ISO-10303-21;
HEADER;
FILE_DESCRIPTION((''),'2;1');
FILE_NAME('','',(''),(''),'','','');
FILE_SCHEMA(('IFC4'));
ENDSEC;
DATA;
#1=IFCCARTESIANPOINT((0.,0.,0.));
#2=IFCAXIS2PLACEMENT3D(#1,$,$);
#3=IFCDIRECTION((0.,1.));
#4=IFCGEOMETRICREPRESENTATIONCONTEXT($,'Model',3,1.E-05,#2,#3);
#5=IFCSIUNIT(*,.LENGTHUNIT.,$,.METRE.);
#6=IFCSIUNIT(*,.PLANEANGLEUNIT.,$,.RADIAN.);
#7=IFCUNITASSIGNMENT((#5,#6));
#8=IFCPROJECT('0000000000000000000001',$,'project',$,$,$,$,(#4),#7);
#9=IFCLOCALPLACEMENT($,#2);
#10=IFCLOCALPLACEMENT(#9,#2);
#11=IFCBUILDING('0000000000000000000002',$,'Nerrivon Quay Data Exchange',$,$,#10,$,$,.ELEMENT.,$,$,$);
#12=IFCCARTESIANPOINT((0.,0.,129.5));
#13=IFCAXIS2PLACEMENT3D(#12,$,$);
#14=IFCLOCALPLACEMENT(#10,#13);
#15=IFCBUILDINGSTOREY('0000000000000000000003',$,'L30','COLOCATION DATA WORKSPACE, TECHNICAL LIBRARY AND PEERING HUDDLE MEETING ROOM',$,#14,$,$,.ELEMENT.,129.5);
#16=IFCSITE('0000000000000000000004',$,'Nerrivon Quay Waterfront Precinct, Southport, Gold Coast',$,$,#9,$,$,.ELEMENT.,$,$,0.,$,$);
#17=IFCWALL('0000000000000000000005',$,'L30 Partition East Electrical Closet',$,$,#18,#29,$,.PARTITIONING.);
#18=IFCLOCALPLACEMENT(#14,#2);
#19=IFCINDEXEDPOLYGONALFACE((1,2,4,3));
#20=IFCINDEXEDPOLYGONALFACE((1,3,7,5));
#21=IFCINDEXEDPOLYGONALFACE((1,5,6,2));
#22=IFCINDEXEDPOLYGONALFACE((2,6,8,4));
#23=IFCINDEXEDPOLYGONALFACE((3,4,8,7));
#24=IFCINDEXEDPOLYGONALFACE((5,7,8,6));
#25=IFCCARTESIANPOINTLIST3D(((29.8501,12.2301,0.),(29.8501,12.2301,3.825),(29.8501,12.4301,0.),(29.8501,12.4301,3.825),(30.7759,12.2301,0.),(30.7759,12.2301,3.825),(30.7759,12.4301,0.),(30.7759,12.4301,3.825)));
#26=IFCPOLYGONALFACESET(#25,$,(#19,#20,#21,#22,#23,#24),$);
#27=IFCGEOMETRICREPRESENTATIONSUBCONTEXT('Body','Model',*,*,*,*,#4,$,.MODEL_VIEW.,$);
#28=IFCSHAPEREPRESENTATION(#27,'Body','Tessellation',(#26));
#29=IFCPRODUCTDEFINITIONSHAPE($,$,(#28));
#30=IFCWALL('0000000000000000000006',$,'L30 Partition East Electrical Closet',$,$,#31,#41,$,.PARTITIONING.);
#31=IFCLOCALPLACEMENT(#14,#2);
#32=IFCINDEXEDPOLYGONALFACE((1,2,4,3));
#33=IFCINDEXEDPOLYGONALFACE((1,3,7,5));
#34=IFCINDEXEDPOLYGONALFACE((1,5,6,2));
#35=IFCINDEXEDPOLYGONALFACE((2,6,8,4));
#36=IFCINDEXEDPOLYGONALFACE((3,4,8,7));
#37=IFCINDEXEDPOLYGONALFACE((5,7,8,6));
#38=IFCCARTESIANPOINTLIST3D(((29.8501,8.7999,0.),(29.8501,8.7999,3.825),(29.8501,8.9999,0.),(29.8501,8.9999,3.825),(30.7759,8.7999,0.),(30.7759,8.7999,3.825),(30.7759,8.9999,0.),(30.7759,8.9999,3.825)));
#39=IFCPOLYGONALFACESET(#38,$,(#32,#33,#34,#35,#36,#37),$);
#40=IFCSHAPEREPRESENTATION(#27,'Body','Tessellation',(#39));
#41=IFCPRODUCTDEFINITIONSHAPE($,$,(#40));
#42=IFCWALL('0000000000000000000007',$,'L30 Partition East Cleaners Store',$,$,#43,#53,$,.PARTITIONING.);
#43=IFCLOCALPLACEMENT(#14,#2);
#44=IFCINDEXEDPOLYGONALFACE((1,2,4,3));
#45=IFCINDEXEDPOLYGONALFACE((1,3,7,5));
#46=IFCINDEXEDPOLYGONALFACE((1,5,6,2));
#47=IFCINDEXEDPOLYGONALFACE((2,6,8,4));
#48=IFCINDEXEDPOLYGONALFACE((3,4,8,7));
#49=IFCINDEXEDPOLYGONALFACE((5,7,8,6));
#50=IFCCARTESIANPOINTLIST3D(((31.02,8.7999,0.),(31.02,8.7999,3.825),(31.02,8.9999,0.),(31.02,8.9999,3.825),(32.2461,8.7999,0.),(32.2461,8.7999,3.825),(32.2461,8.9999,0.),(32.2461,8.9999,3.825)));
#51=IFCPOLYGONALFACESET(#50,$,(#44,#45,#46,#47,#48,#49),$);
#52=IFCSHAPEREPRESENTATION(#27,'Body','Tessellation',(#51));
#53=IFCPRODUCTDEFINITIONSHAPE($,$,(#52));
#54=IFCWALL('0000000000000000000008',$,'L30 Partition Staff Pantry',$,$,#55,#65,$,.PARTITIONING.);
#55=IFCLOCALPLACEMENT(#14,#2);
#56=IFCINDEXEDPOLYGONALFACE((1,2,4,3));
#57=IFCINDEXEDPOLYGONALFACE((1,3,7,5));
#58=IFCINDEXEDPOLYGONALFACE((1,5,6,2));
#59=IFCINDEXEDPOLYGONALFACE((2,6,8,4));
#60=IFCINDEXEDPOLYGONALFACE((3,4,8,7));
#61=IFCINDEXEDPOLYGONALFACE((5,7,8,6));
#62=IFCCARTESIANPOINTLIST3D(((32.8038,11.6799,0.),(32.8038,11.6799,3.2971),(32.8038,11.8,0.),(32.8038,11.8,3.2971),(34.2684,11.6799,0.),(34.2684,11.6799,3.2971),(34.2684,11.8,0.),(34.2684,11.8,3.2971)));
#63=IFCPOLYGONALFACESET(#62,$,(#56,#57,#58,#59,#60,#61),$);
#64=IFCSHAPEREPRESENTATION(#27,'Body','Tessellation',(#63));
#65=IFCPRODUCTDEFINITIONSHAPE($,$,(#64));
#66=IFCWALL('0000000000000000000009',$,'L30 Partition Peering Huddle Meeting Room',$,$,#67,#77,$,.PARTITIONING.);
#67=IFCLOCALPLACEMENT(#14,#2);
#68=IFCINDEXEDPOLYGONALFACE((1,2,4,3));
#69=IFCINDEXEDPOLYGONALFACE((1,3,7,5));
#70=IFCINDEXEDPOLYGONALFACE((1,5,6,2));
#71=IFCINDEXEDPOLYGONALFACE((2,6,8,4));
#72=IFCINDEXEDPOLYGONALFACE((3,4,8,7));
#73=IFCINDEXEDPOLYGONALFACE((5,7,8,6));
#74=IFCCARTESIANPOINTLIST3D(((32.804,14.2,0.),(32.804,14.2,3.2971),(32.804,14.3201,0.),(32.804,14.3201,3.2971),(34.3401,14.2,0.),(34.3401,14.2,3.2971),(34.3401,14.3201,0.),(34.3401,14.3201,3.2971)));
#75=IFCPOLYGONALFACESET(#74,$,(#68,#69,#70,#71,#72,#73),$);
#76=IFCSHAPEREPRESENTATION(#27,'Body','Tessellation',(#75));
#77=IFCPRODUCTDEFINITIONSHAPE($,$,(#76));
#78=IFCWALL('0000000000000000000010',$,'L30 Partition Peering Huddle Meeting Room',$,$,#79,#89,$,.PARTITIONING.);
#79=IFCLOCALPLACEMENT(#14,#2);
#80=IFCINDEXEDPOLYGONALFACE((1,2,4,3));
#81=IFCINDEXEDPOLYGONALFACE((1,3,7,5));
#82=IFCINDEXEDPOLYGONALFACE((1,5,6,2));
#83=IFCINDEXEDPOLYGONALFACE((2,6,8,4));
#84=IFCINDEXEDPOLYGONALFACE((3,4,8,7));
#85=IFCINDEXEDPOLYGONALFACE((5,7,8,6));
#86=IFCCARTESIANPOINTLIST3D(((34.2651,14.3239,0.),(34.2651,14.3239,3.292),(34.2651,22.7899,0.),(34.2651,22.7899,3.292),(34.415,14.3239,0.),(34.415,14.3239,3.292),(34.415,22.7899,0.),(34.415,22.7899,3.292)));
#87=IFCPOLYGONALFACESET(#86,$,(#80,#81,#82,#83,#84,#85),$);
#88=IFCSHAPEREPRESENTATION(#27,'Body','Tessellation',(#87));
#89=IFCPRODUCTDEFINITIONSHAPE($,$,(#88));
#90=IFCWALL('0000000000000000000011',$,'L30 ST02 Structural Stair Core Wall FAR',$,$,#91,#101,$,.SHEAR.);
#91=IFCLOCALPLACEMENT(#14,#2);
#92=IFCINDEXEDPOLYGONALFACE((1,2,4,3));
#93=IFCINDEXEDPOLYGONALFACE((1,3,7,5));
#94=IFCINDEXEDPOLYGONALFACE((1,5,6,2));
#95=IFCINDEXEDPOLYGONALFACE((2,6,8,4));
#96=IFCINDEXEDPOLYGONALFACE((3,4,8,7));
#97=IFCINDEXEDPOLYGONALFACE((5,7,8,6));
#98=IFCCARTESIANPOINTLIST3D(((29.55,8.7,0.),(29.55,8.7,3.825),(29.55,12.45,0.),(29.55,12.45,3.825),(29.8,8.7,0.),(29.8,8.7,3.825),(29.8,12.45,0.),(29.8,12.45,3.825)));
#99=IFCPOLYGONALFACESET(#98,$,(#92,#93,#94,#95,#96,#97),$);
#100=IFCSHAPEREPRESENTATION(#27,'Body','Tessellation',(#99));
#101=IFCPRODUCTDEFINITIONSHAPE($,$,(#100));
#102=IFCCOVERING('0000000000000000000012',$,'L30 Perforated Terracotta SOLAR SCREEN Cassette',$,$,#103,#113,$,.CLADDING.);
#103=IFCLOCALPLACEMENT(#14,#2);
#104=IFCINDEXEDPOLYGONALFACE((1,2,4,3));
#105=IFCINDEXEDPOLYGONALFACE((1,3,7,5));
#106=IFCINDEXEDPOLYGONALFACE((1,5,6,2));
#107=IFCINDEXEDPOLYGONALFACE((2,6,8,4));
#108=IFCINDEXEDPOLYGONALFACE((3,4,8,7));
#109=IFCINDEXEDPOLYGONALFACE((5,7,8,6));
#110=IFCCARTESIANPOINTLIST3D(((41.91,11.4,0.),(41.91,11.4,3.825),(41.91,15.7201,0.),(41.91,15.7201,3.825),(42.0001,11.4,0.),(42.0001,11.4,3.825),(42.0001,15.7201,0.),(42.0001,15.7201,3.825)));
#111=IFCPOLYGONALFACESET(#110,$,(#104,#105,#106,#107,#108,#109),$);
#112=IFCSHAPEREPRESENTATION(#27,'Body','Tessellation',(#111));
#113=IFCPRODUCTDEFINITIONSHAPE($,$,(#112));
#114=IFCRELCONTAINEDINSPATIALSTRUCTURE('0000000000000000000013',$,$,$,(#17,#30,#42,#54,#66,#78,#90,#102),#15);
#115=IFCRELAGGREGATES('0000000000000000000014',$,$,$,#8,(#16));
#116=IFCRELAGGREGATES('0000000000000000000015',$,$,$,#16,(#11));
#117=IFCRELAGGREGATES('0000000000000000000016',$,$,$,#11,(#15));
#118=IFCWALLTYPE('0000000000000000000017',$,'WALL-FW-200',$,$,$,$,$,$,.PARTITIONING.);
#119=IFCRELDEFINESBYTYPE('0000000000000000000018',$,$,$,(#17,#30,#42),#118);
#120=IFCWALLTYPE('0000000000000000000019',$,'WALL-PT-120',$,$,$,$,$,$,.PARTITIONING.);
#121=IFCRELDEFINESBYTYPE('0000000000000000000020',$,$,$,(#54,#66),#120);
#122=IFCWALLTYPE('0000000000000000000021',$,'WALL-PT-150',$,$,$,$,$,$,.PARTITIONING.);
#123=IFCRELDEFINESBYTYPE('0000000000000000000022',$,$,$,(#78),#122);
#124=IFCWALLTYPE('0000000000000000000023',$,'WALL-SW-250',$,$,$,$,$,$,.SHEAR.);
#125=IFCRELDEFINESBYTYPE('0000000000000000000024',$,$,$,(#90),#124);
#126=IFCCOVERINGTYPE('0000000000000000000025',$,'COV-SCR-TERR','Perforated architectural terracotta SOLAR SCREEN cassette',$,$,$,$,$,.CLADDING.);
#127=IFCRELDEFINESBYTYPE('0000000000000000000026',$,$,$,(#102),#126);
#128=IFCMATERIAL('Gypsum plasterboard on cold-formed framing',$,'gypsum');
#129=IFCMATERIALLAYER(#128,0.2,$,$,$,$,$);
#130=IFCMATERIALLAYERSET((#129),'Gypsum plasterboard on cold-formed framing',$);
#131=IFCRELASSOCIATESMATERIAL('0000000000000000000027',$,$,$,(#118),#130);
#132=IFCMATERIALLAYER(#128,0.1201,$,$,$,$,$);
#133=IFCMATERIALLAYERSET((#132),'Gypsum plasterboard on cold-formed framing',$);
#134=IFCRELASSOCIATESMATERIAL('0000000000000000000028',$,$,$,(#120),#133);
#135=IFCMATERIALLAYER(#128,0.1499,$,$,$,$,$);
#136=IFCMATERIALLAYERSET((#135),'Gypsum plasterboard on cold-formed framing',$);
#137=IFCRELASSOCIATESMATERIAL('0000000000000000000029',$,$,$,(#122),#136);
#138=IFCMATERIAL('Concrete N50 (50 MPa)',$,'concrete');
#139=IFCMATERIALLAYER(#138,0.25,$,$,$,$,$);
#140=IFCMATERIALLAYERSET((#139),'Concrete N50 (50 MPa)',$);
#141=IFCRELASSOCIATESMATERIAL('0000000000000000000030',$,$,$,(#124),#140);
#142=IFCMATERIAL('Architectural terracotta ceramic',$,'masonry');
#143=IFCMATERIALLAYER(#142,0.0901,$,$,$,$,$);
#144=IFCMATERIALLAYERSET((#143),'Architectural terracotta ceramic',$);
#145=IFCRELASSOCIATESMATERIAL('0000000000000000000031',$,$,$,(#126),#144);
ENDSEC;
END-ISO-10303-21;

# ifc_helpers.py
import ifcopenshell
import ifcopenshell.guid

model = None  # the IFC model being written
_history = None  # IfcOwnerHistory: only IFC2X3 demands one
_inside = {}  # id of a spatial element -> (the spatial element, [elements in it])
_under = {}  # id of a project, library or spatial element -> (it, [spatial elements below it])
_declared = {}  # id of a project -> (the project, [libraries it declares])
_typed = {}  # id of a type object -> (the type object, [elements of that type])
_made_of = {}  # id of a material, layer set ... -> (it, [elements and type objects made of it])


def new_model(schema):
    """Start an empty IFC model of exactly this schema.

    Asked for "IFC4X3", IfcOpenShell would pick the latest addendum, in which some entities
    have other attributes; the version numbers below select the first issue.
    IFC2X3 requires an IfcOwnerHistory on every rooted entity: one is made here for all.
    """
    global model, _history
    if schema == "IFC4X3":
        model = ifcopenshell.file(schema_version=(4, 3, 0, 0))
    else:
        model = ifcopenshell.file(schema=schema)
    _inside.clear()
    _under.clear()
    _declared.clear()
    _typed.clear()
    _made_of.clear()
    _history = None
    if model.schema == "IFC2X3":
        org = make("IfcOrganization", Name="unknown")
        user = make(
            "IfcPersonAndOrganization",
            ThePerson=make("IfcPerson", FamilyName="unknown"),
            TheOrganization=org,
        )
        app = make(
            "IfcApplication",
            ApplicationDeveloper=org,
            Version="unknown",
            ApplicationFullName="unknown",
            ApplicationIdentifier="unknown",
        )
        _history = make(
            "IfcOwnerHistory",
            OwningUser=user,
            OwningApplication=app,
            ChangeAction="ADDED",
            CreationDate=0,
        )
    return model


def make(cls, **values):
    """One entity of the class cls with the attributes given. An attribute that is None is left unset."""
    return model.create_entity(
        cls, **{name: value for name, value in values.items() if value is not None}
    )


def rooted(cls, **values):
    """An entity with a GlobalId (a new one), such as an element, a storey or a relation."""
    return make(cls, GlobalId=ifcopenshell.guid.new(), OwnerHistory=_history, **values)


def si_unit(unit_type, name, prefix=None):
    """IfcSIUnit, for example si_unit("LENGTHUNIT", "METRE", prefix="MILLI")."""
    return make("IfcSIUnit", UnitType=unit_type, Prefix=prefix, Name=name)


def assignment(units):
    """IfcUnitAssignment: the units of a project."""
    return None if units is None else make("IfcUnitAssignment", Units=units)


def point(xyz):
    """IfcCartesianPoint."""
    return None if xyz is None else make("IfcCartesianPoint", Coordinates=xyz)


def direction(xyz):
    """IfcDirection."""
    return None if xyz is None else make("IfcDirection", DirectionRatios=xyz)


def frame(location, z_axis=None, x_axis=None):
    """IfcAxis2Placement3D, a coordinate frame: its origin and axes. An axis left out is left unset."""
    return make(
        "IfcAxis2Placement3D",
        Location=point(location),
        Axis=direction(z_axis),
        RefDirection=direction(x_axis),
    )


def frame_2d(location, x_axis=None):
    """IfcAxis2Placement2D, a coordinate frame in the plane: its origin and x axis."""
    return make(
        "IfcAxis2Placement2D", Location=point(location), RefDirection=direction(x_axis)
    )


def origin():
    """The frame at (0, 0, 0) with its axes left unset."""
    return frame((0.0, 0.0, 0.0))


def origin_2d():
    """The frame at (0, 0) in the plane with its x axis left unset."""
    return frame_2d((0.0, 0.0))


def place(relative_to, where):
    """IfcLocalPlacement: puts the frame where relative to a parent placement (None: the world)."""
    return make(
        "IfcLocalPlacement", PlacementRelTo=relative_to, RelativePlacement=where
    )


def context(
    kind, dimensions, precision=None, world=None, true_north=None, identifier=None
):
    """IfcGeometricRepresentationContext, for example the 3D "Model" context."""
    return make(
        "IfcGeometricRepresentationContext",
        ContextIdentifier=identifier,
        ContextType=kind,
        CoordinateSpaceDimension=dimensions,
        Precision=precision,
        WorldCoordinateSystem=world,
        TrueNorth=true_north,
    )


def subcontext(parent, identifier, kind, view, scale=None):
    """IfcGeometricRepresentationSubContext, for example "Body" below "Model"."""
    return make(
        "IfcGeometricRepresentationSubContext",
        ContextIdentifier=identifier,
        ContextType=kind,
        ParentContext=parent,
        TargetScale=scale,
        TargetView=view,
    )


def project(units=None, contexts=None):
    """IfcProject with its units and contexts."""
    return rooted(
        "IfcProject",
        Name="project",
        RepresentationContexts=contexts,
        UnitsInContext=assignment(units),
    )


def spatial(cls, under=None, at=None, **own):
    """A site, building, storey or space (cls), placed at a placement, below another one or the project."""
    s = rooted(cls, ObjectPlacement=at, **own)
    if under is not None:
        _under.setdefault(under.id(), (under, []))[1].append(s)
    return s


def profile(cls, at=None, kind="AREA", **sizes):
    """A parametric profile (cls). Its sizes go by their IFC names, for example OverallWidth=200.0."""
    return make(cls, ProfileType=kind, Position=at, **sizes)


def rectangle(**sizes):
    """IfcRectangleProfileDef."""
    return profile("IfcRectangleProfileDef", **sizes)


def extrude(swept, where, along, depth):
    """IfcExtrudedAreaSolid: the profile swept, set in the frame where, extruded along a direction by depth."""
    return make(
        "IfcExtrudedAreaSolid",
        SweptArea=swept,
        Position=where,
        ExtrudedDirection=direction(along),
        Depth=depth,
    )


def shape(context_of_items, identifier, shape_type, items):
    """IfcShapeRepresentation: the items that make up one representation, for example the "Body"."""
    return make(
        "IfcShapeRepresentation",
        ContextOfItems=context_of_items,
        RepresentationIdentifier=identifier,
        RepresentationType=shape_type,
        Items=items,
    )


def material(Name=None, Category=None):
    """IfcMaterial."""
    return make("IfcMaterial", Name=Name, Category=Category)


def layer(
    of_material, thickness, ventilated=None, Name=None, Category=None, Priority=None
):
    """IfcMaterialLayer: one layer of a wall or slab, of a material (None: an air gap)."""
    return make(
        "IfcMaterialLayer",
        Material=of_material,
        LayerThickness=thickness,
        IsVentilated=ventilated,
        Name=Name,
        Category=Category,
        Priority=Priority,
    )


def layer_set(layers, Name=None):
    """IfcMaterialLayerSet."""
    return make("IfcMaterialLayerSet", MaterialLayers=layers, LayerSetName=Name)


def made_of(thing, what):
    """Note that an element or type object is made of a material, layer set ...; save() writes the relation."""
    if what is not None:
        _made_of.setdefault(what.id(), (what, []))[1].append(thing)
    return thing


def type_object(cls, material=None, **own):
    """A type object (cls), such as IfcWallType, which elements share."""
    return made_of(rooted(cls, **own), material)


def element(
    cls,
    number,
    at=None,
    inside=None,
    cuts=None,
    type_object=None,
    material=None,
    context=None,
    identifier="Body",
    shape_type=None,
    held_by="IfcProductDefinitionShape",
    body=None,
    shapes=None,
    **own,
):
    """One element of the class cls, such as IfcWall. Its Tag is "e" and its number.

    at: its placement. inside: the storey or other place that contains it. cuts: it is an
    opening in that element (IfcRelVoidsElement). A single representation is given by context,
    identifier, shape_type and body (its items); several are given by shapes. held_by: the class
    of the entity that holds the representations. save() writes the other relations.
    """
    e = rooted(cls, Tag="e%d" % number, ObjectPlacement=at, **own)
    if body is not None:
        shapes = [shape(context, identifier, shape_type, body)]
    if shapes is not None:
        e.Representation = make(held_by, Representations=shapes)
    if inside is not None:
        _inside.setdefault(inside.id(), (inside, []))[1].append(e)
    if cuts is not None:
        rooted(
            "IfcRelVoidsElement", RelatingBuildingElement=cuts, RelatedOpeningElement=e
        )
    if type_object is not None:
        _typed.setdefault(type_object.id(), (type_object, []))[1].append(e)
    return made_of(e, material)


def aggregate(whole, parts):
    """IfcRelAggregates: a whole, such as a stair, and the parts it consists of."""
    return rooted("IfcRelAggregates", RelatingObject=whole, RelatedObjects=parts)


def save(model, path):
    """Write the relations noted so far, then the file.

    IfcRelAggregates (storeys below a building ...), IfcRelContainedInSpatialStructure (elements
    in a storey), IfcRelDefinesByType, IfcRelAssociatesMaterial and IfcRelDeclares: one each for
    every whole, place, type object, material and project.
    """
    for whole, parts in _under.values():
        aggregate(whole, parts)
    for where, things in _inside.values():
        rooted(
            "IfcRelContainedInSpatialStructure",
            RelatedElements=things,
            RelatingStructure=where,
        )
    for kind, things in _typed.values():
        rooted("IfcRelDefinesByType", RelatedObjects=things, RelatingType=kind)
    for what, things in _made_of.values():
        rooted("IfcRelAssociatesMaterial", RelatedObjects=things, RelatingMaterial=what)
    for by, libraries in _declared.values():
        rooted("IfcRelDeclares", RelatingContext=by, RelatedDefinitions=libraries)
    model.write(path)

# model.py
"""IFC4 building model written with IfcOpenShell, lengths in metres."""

from ifc_helpers import new_model, si_unit, direction, frame, frame_2d, origin, origin_2d, place, context, subcontext, project, spatial, rectangle, extrude, material, layer, layer_set, type_object, element, save


model = new_model("IFC4")

# Units and contexts
model_context = context("Model", 3, precision=1e-05, world=origin(), true_north=direction((0.0, 1.0)))
body_context = subcontext(model_context, "Body", "Model", "MODEL_VIEW")
ifc_project = project(units=[si_unit("LENGTHUNIT", "METRE"), si_unit("PLANEANGLEUNIT", "RADIAN")], contexts=[model_context])

# Site, building, storey
site_placement = place(None, origin())
site = spatial("IfcSite", under=ifc_project, at=site_placement, Name="Nerrivon Quay Waterfront Precinct, Southport, Gold Coast", CompositionType="ELEMENT", RefElevation=0.0)
building_placement = place(site_placement, origin())
building = spatial("IfcBuilding", under=site, at=building_placement, Name="Nerrivon Quay Data Exchange", CompositionType="ELEMENT")
storey_placement = place(building_placement, frame((0.0, 0.0, 129.5)))
storey = spatial("IfcBuildingStorey", under=building, at=storey_placement, Name="L30", Description="COLOCATION DATA WORKSPACE, TECHNICAL LIBRARY AND PEERING HUDDLE MEETING ROOM", CompositionType="ELEMENT", Elevation=129.5)

# Shared definitions
ifc_material_1 = material(Name="Gypsum plasterboard on cold-formed framing", Category="gypsum")
ifc_layer_1 = layer(ifc_material_1, 0.2)
ifc_layer_set_1 = layer_set([ifc_layer_1], Name="Gypsum plasterboard on cold-formed framing")
wall_type_1 = type_object("IfcWallType", Name="WALL-FW-200", PredefinedType="PARTITIONING", material=ifc_layer_set_1)

# Walls
for number, where, z_axis, x_axis, name in (
    (1, (30.7759, 12.3301, 0.0), (0.0, 0.0, 1.0), (-1.0, 0.0, 0.0), "L30 Partition East Electrical Closet"),
    (2, (29.8501, 8.8999, 0.0), (0.0, 0.0, 1.0), (1.0, 0.0, 0.0), "L30 Partition East Electrical Closet"),
):
    element("IfcWall", number, at=place(storey_placement, frame(where, z_axis=z_axis, x_axis=x_axis)), inside=storey, type_object=wall_type_1, Name=name, PredefinedType="PARTITIONING", context=body_context, shape_type="SweptSolid", body=[
        extrude(rectangle(XDim=0.9258, YDim=0.2, at=frame_2d((0.4629, 0.0))), origin(), (0.0, 0.0, 1.0), 3.825),
    ])

# Walls
wall_1_placement = place(storey_placement, frame((31.02, 8.8999, 0.0), z_axis=(0.0, 0.0, 1.0), x_axis=(1.0, 0.0, 0.0)))
element("IfcWall", 3, at=wall_1_placement, inside=storey, type_object=wall_type_1, Name="L30 Partition East Cleaners Store", PredefinedType="PARTITIONING", context=body_context, shape_type="SweptSolid", body=[
    extrude(rectangle(XDim=1.2261, YDim=0.2, at=frame_2d((0.613, 0.0))), origin(), (0.0, 0.0, 1.0), 3.825),
])
ifc_layer_2 = layer(ifc_material_1, 0.1201)
ifc_layer_set_2 = layer_set([ifc_layer_2], Name="Gypsum plasterboard on cold-formed framing")
wall_type_2 = type_object("IfcWallType", Name="WALL-PT-120", PredefinedType="PARTITIONING", material=ifc_layer_set_2)
wall_2_placement = place(storey_placement, frame((34.2686, 11.74, 0.0), z_axis=(0.0, 0.0, 1.0), x_axis=(-1.0, 0.0, 0.0)))
element("IfcWall", 4, at=wall_2_placement, inside=storey, type_object=wall_type_2, Name="L30 Partition Staff Pantry", PredefinedType="PARTITIONING", context=body_context, shape_type="SweptSolid", body=[
    extrude(rectangle(XDim=1.4646, YDim=0.1201, at=frame_2d((0.7324, 0.0))), origin(), (0.0, 0.0, 1.0), 3.2971),
])
wall_3_placement = place(storey_placement, frame((32.804, 14.26, 0.0), z_axis=(0.0, 0.0, 1.0), x_axis=(1.0, 0.0, 0.0)))
element("IfcWall", 5, at=wall_3_placement, inside=storey, type_object=wall_type_2, Name="L30 Partition Peering Huddle Meeting Room", PredefinedType="PARTITIONING", context=body_context, shape_type="SweptSolid", body=[
    extrude(rectangle(XDim=1.5361, YDim=0.1201, at=frame_2d((0.7681, 0.0))), origin(), (0.0, 0.0, 1.0), 3.2971),
])
ifc_layer_3 = layer(ifc_material_1, 0.1499)
ifc_layer_set_3 = layer_set([ifc_layer_3], Name="Gypsum plasterboard on cold-formed framing")
wall_type_3 = type_object("IfcWallType", Name="WALL-PT-150", PredefinedType="PARTITIONING", material=ifc_layer_set_3)
wall_4_placement = place(storey_placement, frame((34.3401, 14.324, 0.0), z_axis=(0.0, 0.0, 1.0), x_axis=(0.0, 1.0, 0.0)))
element("IfcWall", 6, at=wall_4_placement, inside=storey, type_object=wall_type_3, Name="L30 Partition Peering Huddle Meeting Room", PredefinedType="PARTITIONING", context=body_context, shape_type="SweptSolid", body=[
    extrude(rectangle(XDim=8.4661, YDim=0.1499, at=frame_2d((4.2329, 0.0))), origin(), (0.0, 0.0, 1.0), 3.292),
])
ifc_material_2 = material(Name="Concrete N50 (50 MPa)", Category="concrete")
ifc_layer_4 = layer(ifc_material_2, 0.25)
ifc_layer_set_4 = layer_set([ifc_layer_4], Name="Concrete N50 (50 MPa)")
wall_type_4 = type_object("IfcWallType", Name="WALL-SW-250", PredefinedType="SHEAR", material=ifc_layer_set_4)
wall_5_placement = place(storey_placement, frame((29.675, 8.7, 0.0), z_axis=(0.0, 0.0, 1.0), x_axis=(0.0, 1.0, 0.0)))
element("IfcWall", 7, at=wall_5_placement, inside=storey, type_object=wall_type_4, Name="L30 ST02 Structural Stair Core Wall FAR", PredefinedType="SHEAR", context=body_context, shape_type="SweptSolid", body=[
    extrude(rectangle(XDim=3.75, YDim=0.25, at=frame_2d((1.875, 0.0))), origin(), (0.0, 0.0, 1.0), 3.825),
])

# Covering
ifc_material_3 = material(Name="Architectural terracotta ceramic", Category="masonry")
ifc_layer_5 = layer(ifc_material_3, 0.0901)
ifc_layer_set_5 = layer_set([ifc_layer_5], Name="Architectural terracotta ceramic")
covering_type = type_object("IfcCoveringType", Name="COV-SCR-TERR", Description="Perforated architectural terracotta SOLAR SCREEN cassette", PredefinedType="CLADDING", material=ifc_layer_set_5)
covering_placement = place(storey_placement, frame((41.9551, 13.5601, 0.0), z_axis=(0.0, 0.0, 1.0), x_axis=(0.0, -1.0, 0.0)))
element("IfcCovering", 8, at=covering_placement, inside=storey, type_object=covering_type, Name="L30 Perforated Terracotta SOLAR SCREEN Cassette", PredefinedType="CLADDING", context=body_context, shape_type="SweptSolid", body=[
    extrude(rectangle(XDim=4.3201, YDim=0.0901, at=origin_2d()), origin(), (0.0, 0.0, 1.0), 3.825),
])

save(model, "model.ifc")
